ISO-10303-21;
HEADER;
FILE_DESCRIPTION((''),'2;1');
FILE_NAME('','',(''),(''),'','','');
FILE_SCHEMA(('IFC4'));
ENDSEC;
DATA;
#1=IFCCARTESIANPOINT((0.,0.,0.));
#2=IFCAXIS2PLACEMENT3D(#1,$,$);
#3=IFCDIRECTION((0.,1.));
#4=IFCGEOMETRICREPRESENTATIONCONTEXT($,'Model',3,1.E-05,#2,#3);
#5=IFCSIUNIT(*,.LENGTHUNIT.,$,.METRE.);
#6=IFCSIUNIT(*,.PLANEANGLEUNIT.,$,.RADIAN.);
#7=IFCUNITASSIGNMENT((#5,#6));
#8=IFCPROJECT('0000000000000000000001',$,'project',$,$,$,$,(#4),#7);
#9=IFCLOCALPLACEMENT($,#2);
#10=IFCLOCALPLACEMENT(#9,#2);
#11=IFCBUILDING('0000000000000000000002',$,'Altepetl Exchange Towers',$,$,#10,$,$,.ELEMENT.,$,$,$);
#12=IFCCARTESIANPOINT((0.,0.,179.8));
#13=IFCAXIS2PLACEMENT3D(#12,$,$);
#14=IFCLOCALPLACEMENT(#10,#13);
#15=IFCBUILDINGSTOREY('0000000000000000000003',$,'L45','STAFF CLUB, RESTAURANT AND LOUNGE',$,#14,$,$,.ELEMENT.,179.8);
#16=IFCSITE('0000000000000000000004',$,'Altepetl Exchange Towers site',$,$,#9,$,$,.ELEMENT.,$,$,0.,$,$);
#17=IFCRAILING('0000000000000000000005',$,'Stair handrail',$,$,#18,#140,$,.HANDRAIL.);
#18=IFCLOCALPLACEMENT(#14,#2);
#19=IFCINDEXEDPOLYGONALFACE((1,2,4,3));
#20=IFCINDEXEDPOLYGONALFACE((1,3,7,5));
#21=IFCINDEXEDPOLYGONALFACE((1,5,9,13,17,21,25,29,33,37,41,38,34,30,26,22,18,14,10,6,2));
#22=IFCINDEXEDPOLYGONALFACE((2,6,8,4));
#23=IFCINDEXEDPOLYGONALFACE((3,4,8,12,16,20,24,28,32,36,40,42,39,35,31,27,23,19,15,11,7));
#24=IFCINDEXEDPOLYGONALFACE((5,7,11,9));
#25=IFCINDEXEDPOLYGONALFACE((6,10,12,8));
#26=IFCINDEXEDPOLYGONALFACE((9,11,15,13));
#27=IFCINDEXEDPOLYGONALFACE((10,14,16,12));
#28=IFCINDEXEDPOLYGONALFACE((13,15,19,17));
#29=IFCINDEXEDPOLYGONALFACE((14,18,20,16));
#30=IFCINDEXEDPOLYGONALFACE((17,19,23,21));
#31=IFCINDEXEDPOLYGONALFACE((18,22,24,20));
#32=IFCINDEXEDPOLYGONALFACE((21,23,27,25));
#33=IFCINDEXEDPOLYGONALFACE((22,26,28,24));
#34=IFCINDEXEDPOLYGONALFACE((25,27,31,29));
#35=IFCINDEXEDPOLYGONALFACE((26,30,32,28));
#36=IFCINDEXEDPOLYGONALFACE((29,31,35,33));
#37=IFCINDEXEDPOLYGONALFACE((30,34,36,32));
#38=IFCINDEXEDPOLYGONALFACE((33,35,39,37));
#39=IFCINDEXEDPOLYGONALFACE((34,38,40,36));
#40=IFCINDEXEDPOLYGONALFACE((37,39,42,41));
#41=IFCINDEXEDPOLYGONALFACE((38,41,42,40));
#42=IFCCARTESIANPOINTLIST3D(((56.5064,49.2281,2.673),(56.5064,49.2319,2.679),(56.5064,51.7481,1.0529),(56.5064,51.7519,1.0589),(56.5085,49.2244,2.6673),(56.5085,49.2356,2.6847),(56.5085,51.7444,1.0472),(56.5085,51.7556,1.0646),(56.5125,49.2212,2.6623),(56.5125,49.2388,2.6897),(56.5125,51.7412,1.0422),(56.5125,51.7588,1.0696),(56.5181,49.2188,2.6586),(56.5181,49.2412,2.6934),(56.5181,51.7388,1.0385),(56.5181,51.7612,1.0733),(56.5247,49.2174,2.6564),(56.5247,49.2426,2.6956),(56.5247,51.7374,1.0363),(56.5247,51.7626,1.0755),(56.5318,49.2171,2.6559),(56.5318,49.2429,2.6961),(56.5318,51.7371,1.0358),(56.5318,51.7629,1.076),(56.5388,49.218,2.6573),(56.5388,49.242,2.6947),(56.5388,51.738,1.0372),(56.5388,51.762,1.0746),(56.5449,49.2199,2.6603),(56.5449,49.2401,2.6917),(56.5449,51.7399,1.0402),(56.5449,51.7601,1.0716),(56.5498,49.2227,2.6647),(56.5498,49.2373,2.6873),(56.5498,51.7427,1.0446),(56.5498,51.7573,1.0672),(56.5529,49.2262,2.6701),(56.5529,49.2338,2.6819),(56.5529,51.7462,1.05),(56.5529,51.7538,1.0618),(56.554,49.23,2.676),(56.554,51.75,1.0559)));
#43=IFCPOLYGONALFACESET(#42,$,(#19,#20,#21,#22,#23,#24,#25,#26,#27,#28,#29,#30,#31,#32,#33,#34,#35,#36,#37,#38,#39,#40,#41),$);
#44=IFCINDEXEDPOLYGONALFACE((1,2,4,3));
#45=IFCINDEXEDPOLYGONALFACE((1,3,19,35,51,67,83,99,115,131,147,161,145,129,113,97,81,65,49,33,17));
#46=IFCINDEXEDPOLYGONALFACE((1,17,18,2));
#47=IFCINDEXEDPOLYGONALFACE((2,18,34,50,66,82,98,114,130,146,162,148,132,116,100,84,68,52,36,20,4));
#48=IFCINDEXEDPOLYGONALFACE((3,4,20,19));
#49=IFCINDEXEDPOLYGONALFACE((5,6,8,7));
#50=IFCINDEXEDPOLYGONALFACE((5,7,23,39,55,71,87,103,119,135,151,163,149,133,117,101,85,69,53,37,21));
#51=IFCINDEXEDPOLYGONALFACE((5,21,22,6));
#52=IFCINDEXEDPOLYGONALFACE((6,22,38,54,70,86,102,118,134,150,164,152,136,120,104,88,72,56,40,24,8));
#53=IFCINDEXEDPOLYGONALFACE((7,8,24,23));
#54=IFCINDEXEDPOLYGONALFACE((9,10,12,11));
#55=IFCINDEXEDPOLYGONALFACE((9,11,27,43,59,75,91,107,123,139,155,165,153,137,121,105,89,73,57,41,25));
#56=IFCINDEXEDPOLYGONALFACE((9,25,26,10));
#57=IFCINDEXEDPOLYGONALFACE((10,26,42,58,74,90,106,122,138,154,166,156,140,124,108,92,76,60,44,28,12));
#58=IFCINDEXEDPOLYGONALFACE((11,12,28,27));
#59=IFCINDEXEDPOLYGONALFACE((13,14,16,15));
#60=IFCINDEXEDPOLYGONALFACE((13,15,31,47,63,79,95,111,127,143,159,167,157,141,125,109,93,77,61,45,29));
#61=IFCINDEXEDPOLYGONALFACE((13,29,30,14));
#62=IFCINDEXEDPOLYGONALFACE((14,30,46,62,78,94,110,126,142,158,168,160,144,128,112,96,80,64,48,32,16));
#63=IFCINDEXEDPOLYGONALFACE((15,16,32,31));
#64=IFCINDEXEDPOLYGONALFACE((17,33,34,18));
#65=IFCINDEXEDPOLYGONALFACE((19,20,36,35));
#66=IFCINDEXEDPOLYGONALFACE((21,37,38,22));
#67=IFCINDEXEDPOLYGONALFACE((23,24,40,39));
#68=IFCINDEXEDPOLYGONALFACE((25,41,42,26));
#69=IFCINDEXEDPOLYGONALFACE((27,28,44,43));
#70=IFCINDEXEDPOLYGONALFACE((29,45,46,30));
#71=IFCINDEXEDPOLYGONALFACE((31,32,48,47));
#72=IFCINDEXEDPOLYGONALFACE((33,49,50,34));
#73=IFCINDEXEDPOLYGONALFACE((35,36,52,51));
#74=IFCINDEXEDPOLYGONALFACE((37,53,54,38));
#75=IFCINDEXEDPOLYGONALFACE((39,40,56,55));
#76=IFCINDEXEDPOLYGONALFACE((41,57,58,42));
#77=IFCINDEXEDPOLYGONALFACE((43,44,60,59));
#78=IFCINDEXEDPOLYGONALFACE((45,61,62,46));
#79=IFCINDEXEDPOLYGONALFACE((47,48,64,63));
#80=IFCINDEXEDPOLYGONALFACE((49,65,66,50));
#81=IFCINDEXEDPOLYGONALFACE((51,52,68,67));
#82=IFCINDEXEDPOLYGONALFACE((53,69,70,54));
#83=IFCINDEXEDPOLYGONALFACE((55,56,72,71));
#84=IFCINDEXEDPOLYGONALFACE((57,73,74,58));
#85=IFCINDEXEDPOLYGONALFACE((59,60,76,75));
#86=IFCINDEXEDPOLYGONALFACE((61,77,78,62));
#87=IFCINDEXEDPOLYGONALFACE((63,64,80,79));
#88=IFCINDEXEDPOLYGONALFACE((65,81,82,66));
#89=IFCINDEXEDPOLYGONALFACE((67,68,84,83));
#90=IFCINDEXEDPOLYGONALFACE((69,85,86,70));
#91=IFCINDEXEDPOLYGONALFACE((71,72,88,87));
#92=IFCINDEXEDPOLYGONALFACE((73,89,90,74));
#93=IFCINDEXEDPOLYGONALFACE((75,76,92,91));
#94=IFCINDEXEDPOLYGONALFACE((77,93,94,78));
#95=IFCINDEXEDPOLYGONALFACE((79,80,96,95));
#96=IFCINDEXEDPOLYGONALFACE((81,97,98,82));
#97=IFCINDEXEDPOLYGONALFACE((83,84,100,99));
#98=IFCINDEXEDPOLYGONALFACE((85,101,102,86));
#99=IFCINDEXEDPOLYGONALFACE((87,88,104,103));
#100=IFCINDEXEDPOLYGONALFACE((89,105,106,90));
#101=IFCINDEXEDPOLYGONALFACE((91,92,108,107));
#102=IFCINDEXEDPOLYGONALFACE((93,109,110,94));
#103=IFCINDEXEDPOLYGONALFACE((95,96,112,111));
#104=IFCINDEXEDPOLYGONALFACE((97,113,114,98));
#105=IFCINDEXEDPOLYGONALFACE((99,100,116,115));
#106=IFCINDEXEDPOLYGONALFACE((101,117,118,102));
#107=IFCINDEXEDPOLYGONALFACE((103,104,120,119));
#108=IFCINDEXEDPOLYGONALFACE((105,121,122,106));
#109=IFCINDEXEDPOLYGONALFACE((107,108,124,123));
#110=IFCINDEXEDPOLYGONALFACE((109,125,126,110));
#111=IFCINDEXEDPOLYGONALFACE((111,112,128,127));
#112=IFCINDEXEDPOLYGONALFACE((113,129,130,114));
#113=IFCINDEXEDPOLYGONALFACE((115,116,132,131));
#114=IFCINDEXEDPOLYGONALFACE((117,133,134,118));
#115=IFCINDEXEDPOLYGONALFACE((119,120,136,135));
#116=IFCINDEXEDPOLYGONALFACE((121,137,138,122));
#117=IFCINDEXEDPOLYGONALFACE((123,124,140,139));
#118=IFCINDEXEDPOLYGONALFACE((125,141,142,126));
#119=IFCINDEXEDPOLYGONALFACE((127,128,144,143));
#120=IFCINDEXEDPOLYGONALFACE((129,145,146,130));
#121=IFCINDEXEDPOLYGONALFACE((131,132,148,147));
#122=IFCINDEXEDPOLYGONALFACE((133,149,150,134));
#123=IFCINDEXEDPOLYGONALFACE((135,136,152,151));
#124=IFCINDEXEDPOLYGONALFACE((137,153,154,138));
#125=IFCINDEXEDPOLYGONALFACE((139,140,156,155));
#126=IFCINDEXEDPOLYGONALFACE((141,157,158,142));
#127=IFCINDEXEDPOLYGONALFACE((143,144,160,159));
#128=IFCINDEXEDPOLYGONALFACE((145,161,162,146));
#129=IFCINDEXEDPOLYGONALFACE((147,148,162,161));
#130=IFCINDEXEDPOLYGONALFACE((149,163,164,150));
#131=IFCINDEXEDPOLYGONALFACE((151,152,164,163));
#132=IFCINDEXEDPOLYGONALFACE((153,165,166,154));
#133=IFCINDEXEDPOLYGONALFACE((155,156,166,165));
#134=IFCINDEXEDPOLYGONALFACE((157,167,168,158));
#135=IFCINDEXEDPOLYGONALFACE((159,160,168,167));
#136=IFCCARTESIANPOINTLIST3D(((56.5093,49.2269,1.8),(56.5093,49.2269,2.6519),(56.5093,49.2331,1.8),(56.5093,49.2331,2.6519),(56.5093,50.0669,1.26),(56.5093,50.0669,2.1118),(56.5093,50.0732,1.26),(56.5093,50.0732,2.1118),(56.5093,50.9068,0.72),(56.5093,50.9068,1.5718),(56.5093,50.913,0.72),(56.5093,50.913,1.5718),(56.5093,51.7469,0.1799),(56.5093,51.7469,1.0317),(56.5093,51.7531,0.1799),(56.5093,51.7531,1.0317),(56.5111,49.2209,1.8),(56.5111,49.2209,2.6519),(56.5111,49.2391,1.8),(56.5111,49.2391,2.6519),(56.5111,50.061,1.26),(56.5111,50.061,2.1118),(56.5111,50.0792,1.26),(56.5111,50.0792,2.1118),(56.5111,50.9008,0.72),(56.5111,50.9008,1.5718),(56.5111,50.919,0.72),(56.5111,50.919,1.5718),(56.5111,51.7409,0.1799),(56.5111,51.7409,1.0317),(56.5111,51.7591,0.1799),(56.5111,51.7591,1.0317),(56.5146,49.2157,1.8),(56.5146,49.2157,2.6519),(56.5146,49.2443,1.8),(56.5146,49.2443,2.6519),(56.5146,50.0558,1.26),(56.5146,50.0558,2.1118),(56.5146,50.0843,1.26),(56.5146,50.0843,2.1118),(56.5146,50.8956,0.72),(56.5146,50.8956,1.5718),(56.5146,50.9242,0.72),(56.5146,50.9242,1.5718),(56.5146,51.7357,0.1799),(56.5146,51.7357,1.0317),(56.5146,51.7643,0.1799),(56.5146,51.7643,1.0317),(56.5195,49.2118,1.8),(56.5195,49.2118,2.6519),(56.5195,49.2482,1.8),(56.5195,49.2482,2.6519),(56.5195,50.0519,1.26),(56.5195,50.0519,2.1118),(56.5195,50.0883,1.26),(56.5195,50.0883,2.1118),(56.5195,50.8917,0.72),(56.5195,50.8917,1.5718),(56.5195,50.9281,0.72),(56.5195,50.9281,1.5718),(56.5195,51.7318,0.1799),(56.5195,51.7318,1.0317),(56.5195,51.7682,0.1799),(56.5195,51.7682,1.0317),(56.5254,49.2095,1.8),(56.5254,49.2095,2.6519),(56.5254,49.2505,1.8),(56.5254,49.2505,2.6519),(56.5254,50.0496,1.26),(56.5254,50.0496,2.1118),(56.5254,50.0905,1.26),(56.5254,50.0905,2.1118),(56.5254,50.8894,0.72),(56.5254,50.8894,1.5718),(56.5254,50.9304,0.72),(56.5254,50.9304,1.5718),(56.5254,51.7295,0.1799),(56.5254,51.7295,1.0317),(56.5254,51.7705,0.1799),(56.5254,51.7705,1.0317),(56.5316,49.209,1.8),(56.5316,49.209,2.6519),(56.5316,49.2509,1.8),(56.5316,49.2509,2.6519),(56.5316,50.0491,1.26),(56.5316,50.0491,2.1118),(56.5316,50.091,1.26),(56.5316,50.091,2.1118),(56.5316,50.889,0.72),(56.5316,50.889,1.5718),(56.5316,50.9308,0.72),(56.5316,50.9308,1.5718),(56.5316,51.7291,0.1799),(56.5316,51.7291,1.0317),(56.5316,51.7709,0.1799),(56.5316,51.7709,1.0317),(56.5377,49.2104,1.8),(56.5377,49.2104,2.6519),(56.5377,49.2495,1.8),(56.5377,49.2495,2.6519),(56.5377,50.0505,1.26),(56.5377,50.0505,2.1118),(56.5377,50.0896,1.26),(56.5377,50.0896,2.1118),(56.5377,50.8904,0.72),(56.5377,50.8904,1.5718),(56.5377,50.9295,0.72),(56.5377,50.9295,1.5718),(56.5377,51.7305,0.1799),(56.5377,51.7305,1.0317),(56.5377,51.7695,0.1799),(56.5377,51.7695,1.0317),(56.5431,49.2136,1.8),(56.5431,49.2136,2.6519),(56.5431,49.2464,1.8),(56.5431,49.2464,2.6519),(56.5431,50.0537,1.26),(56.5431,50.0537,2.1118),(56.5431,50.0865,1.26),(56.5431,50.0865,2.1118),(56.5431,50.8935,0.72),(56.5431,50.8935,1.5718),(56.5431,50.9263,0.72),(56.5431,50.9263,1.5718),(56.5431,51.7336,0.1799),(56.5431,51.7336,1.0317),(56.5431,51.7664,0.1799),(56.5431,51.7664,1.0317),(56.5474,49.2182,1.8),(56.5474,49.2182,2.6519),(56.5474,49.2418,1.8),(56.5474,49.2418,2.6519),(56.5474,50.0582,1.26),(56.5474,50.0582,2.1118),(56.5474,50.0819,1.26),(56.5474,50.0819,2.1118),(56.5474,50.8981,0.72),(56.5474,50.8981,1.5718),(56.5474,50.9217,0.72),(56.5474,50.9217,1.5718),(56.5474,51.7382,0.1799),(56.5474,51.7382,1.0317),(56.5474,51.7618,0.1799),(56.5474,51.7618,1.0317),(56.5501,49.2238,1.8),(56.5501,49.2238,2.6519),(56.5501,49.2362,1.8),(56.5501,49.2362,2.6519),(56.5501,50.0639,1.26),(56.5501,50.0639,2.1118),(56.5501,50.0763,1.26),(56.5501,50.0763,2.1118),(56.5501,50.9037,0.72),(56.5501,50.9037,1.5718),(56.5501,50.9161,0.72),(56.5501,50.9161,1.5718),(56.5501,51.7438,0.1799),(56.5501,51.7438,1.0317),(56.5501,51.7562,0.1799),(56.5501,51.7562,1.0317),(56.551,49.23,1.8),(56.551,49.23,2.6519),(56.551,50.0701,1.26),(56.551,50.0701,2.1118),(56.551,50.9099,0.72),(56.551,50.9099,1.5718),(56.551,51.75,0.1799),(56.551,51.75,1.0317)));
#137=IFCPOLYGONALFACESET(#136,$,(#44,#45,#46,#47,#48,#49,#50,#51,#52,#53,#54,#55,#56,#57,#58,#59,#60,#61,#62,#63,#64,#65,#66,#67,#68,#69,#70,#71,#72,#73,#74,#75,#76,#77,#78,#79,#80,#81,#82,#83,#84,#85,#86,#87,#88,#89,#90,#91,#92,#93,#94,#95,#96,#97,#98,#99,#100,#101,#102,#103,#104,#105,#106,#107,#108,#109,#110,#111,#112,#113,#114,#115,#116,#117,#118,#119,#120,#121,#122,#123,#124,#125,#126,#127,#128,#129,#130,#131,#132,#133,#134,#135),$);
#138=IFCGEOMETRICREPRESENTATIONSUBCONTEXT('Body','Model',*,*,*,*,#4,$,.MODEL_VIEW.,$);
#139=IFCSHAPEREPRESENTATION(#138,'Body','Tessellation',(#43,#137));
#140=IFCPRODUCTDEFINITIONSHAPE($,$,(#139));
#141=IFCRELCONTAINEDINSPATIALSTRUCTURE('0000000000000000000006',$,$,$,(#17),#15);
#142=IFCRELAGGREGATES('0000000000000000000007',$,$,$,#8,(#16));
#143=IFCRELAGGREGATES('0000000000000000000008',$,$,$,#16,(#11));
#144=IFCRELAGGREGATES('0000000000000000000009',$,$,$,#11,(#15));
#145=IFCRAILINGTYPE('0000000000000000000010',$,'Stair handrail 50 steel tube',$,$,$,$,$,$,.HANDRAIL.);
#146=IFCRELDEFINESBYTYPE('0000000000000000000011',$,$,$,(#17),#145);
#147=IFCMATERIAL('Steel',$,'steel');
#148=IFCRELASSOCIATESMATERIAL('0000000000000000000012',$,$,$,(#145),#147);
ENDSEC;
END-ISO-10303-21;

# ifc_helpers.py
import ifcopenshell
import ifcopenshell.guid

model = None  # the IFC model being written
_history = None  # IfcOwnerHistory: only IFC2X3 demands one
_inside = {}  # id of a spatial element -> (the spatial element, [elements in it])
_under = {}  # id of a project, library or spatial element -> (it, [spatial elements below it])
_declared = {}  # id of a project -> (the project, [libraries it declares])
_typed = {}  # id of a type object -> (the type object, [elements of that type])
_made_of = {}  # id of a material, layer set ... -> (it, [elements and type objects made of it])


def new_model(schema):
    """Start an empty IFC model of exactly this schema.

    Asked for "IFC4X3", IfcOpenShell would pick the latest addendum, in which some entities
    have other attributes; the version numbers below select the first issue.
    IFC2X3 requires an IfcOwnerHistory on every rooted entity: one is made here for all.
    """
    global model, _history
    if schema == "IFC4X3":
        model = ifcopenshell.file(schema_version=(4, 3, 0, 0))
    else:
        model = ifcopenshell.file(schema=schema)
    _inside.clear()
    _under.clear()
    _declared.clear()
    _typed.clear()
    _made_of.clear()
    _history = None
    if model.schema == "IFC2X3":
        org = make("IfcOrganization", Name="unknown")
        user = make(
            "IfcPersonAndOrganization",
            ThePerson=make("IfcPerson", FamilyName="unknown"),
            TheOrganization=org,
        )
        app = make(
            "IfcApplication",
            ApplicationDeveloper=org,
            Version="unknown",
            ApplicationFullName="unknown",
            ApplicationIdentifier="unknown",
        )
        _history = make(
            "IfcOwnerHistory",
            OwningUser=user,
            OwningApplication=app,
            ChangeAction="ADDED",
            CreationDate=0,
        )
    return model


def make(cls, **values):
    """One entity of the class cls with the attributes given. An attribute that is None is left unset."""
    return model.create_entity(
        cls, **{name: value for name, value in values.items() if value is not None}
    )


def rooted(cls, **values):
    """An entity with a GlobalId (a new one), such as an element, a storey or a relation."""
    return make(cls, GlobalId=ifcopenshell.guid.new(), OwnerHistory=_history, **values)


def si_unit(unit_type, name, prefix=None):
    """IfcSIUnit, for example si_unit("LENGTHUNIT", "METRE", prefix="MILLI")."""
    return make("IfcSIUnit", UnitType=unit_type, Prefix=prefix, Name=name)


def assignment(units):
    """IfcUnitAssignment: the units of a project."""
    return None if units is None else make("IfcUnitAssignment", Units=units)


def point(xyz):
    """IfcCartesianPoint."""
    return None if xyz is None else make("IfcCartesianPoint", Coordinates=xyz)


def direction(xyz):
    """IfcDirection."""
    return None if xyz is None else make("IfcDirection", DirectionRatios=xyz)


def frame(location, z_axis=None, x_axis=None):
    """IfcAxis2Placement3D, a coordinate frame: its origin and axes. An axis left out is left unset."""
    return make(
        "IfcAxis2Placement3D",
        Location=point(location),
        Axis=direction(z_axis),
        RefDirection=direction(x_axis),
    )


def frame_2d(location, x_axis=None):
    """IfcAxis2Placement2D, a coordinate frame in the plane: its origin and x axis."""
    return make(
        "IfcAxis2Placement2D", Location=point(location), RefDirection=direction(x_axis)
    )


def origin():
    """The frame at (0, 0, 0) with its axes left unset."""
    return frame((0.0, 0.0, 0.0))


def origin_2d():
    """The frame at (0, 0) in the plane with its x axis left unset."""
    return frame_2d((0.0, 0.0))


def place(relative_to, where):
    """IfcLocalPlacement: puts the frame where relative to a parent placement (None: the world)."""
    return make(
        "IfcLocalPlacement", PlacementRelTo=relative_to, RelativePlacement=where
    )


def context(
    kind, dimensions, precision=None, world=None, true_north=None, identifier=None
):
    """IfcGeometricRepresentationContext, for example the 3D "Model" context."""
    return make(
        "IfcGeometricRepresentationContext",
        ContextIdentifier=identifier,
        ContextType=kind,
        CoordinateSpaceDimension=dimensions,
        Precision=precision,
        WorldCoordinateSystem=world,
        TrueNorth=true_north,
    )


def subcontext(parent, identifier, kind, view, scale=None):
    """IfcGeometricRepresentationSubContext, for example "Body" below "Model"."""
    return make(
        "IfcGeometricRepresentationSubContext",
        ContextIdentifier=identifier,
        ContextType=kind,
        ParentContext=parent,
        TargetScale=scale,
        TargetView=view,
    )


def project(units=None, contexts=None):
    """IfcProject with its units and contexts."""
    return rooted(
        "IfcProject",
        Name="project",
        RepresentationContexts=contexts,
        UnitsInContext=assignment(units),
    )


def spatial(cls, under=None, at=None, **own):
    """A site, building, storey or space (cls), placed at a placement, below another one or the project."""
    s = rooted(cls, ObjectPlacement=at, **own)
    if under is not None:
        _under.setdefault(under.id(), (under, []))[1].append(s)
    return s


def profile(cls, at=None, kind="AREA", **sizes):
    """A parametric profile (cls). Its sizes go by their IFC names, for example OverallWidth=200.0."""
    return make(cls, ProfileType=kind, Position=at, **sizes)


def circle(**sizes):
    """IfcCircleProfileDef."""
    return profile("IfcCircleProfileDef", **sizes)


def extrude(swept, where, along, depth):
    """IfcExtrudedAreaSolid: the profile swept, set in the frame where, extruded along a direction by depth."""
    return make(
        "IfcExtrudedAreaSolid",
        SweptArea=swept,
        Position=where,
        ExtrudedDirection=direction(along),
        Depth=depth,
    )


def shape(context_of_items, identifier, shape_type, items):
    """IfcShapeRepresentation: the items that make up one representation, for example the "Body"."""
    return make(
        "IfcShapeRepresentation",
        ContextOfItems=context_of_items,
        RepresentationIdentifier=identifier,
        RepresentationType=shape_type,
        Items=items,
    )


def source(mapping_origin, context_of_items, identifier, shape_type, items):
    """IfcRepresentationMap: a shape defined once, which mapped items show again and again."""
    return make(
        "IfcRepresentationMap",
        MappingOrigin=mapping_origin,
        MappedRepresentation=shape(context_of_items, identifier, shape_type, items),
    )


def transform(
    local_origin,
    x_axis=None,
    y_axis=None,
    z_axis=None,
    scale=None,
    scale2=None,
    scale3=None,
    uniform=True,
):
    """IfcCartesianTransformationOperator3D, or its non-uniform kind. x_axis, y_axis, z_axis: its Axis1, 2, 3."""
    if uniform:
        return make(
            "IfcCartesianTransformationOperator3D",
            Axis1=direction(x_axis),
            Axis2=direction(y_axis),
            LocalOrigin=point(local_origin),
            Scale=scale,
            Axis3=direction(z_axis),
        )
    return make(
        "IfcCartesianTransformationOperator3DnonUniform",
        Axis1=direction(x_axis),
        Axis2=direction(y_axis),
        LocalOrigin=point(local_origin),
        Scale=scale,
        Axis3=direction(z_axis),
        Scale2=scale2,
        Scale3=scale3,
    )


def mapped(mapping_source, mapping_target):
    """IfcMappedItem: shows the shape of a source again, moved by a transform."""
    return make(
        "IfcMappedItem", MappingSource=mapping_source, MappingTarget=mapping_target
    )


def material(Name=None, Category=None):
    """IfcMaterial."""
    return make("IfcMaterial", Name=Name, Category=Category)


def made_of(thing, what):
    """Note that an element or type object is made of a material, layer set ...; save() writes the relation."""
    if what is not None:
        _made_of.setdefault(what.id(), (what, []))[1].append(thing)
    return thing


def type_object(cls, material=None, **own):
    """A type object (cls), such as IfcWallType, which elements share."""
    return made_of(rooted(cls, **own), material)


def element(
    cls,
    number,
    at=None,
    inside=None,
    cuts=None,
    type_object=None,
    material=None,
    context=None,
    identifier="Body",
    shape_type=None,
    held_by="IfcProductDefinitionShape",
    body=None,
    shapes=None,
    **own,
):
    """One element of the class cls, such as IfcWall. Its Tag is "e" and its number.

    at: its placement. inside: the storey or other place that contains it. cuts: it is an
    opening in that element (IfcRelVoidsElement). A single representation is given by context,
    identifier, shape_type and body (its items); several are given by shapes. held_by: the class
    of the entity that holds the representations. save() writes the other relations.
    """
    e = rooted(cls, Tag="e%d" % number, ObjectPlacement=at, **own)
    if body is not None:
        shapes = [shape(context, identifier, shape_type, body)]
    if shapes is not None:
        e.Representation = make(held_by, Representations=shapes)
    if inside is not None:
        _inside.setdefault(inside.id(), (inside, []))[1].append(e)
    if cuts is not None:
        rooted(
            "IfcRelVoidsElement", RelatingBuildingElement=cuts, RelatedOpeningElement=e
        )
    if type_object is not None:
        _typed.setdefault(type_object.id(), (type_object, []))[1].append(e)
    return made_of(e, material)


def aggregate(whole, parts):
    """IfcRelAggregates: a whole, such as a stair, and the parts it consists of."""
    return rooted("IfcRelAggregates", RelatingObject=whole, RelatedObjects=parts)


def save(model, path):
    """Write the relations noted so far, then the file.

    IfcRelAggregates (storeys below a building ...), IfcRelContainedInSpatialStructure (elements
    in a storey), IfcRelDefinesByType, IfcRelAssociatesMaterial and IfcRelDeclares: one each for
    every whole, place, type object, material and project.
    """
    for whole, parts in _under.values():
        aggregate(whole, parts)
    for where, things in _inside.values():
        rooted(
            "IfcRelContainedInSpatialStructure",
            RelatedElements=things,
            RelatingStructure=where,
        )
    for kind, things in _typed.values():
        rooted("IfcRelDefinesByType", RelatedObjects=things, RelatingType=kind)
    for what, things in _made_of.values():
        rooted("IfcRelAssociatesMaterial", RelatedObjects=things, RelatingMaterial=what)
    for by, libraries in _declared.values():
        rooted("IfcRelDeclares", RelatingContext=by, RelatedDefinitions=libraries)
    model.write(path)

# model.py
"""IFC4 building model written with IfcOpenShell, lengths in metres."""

from ifc_helpers import new_model, si_unit, direction, frame, origin, origin_2d, place, context, subcontext, project, spatial, circle, extrude, source, transform, mapped, material, type_object, element, save


model = new_model("IFC4")

# Units and contexts
model_context = context("Model", 3, precision=1e-05, world=origin(), true_north=direction((0.0, 1.0)))
body_context = subcontext(model_context, "Body", "Model", "MODEL_VIEW")
ifc_project = project(units=[si_unit("LENGTHUNIT", "METRE"), si_unit("PLANEANGLEUNIT", "RADIAN")], contexts=[model_context])

# Site, building, storey
site_placement = place(None, origin())
site = spatial("IfcSite", under=ifc_project, at=site_placement, Name="Altepetl Exchange Towers site", CompositionType="ELEMENT", RefElevation=0.0)
building_placement = place(site_placement, origin())
building = spatial("IfcBuilding", under=site, at=building_placement, Name="Altepetl Exchange Towers", CompositionType="ELEMENT")
storey_placement = place(building_placement, frame((0.0, 0.0, 179.8)))
storey = spatial("IfcBuildingStorey", under=building, at=storey_placement, Name="L45", Description="STAFF CLUB, RESTAURANT AND LOUNGE", CompositionType="ELEMENT", Elevation=179.8)

# Railing
ifc_material_1 = material(Name="Steel", Category="steel")
railing_type = type_object("IfcRailingType", Name="Stair handrail 50 steel tube", PredefinedType="HANDRAIL", material=ifc_material_1)
shared_shape = source(origin(), body_context, "Body", "SweptSolid", [
    extrude(circle(Radius=0.021, at=origin_2d()), origin(), (0.0, 0.0, 1.0), 0.8518),
])
railing_1_placement = place(storey_placement, frame((56.53, 51.75, 0.1799)))
element("IfcRailing", 1, at=railing_1_placement, inside=storey, type_object=railing_type, Name="Stair handrail", PredefinedType="HANDRAIL", context=body_context, shape_type="SweptSolid", body=[
    extrude(circle(Radius=0.0239, at=origin_2d()), frame((0.0, 0.0, 0.876), z_axis=(0.0, -0.841163, 0.540782), x_axis=(1.0, 0.0, 0.0)), (0.0, 0.0, 1.0), 2.9958),
    mapped(shared_shape, transform((0.0, 0.0, 0.0))),
    mapped(shared_shape, transform((0.0, -0.8401, 0.54))),
    mapped(shared_shape, transform((0.0, -1.6799, 1.0801))),
    mapped(shared_shape, transform((0.0, -2.52, 1.6201))),
])

save(model, "model.ifc")
